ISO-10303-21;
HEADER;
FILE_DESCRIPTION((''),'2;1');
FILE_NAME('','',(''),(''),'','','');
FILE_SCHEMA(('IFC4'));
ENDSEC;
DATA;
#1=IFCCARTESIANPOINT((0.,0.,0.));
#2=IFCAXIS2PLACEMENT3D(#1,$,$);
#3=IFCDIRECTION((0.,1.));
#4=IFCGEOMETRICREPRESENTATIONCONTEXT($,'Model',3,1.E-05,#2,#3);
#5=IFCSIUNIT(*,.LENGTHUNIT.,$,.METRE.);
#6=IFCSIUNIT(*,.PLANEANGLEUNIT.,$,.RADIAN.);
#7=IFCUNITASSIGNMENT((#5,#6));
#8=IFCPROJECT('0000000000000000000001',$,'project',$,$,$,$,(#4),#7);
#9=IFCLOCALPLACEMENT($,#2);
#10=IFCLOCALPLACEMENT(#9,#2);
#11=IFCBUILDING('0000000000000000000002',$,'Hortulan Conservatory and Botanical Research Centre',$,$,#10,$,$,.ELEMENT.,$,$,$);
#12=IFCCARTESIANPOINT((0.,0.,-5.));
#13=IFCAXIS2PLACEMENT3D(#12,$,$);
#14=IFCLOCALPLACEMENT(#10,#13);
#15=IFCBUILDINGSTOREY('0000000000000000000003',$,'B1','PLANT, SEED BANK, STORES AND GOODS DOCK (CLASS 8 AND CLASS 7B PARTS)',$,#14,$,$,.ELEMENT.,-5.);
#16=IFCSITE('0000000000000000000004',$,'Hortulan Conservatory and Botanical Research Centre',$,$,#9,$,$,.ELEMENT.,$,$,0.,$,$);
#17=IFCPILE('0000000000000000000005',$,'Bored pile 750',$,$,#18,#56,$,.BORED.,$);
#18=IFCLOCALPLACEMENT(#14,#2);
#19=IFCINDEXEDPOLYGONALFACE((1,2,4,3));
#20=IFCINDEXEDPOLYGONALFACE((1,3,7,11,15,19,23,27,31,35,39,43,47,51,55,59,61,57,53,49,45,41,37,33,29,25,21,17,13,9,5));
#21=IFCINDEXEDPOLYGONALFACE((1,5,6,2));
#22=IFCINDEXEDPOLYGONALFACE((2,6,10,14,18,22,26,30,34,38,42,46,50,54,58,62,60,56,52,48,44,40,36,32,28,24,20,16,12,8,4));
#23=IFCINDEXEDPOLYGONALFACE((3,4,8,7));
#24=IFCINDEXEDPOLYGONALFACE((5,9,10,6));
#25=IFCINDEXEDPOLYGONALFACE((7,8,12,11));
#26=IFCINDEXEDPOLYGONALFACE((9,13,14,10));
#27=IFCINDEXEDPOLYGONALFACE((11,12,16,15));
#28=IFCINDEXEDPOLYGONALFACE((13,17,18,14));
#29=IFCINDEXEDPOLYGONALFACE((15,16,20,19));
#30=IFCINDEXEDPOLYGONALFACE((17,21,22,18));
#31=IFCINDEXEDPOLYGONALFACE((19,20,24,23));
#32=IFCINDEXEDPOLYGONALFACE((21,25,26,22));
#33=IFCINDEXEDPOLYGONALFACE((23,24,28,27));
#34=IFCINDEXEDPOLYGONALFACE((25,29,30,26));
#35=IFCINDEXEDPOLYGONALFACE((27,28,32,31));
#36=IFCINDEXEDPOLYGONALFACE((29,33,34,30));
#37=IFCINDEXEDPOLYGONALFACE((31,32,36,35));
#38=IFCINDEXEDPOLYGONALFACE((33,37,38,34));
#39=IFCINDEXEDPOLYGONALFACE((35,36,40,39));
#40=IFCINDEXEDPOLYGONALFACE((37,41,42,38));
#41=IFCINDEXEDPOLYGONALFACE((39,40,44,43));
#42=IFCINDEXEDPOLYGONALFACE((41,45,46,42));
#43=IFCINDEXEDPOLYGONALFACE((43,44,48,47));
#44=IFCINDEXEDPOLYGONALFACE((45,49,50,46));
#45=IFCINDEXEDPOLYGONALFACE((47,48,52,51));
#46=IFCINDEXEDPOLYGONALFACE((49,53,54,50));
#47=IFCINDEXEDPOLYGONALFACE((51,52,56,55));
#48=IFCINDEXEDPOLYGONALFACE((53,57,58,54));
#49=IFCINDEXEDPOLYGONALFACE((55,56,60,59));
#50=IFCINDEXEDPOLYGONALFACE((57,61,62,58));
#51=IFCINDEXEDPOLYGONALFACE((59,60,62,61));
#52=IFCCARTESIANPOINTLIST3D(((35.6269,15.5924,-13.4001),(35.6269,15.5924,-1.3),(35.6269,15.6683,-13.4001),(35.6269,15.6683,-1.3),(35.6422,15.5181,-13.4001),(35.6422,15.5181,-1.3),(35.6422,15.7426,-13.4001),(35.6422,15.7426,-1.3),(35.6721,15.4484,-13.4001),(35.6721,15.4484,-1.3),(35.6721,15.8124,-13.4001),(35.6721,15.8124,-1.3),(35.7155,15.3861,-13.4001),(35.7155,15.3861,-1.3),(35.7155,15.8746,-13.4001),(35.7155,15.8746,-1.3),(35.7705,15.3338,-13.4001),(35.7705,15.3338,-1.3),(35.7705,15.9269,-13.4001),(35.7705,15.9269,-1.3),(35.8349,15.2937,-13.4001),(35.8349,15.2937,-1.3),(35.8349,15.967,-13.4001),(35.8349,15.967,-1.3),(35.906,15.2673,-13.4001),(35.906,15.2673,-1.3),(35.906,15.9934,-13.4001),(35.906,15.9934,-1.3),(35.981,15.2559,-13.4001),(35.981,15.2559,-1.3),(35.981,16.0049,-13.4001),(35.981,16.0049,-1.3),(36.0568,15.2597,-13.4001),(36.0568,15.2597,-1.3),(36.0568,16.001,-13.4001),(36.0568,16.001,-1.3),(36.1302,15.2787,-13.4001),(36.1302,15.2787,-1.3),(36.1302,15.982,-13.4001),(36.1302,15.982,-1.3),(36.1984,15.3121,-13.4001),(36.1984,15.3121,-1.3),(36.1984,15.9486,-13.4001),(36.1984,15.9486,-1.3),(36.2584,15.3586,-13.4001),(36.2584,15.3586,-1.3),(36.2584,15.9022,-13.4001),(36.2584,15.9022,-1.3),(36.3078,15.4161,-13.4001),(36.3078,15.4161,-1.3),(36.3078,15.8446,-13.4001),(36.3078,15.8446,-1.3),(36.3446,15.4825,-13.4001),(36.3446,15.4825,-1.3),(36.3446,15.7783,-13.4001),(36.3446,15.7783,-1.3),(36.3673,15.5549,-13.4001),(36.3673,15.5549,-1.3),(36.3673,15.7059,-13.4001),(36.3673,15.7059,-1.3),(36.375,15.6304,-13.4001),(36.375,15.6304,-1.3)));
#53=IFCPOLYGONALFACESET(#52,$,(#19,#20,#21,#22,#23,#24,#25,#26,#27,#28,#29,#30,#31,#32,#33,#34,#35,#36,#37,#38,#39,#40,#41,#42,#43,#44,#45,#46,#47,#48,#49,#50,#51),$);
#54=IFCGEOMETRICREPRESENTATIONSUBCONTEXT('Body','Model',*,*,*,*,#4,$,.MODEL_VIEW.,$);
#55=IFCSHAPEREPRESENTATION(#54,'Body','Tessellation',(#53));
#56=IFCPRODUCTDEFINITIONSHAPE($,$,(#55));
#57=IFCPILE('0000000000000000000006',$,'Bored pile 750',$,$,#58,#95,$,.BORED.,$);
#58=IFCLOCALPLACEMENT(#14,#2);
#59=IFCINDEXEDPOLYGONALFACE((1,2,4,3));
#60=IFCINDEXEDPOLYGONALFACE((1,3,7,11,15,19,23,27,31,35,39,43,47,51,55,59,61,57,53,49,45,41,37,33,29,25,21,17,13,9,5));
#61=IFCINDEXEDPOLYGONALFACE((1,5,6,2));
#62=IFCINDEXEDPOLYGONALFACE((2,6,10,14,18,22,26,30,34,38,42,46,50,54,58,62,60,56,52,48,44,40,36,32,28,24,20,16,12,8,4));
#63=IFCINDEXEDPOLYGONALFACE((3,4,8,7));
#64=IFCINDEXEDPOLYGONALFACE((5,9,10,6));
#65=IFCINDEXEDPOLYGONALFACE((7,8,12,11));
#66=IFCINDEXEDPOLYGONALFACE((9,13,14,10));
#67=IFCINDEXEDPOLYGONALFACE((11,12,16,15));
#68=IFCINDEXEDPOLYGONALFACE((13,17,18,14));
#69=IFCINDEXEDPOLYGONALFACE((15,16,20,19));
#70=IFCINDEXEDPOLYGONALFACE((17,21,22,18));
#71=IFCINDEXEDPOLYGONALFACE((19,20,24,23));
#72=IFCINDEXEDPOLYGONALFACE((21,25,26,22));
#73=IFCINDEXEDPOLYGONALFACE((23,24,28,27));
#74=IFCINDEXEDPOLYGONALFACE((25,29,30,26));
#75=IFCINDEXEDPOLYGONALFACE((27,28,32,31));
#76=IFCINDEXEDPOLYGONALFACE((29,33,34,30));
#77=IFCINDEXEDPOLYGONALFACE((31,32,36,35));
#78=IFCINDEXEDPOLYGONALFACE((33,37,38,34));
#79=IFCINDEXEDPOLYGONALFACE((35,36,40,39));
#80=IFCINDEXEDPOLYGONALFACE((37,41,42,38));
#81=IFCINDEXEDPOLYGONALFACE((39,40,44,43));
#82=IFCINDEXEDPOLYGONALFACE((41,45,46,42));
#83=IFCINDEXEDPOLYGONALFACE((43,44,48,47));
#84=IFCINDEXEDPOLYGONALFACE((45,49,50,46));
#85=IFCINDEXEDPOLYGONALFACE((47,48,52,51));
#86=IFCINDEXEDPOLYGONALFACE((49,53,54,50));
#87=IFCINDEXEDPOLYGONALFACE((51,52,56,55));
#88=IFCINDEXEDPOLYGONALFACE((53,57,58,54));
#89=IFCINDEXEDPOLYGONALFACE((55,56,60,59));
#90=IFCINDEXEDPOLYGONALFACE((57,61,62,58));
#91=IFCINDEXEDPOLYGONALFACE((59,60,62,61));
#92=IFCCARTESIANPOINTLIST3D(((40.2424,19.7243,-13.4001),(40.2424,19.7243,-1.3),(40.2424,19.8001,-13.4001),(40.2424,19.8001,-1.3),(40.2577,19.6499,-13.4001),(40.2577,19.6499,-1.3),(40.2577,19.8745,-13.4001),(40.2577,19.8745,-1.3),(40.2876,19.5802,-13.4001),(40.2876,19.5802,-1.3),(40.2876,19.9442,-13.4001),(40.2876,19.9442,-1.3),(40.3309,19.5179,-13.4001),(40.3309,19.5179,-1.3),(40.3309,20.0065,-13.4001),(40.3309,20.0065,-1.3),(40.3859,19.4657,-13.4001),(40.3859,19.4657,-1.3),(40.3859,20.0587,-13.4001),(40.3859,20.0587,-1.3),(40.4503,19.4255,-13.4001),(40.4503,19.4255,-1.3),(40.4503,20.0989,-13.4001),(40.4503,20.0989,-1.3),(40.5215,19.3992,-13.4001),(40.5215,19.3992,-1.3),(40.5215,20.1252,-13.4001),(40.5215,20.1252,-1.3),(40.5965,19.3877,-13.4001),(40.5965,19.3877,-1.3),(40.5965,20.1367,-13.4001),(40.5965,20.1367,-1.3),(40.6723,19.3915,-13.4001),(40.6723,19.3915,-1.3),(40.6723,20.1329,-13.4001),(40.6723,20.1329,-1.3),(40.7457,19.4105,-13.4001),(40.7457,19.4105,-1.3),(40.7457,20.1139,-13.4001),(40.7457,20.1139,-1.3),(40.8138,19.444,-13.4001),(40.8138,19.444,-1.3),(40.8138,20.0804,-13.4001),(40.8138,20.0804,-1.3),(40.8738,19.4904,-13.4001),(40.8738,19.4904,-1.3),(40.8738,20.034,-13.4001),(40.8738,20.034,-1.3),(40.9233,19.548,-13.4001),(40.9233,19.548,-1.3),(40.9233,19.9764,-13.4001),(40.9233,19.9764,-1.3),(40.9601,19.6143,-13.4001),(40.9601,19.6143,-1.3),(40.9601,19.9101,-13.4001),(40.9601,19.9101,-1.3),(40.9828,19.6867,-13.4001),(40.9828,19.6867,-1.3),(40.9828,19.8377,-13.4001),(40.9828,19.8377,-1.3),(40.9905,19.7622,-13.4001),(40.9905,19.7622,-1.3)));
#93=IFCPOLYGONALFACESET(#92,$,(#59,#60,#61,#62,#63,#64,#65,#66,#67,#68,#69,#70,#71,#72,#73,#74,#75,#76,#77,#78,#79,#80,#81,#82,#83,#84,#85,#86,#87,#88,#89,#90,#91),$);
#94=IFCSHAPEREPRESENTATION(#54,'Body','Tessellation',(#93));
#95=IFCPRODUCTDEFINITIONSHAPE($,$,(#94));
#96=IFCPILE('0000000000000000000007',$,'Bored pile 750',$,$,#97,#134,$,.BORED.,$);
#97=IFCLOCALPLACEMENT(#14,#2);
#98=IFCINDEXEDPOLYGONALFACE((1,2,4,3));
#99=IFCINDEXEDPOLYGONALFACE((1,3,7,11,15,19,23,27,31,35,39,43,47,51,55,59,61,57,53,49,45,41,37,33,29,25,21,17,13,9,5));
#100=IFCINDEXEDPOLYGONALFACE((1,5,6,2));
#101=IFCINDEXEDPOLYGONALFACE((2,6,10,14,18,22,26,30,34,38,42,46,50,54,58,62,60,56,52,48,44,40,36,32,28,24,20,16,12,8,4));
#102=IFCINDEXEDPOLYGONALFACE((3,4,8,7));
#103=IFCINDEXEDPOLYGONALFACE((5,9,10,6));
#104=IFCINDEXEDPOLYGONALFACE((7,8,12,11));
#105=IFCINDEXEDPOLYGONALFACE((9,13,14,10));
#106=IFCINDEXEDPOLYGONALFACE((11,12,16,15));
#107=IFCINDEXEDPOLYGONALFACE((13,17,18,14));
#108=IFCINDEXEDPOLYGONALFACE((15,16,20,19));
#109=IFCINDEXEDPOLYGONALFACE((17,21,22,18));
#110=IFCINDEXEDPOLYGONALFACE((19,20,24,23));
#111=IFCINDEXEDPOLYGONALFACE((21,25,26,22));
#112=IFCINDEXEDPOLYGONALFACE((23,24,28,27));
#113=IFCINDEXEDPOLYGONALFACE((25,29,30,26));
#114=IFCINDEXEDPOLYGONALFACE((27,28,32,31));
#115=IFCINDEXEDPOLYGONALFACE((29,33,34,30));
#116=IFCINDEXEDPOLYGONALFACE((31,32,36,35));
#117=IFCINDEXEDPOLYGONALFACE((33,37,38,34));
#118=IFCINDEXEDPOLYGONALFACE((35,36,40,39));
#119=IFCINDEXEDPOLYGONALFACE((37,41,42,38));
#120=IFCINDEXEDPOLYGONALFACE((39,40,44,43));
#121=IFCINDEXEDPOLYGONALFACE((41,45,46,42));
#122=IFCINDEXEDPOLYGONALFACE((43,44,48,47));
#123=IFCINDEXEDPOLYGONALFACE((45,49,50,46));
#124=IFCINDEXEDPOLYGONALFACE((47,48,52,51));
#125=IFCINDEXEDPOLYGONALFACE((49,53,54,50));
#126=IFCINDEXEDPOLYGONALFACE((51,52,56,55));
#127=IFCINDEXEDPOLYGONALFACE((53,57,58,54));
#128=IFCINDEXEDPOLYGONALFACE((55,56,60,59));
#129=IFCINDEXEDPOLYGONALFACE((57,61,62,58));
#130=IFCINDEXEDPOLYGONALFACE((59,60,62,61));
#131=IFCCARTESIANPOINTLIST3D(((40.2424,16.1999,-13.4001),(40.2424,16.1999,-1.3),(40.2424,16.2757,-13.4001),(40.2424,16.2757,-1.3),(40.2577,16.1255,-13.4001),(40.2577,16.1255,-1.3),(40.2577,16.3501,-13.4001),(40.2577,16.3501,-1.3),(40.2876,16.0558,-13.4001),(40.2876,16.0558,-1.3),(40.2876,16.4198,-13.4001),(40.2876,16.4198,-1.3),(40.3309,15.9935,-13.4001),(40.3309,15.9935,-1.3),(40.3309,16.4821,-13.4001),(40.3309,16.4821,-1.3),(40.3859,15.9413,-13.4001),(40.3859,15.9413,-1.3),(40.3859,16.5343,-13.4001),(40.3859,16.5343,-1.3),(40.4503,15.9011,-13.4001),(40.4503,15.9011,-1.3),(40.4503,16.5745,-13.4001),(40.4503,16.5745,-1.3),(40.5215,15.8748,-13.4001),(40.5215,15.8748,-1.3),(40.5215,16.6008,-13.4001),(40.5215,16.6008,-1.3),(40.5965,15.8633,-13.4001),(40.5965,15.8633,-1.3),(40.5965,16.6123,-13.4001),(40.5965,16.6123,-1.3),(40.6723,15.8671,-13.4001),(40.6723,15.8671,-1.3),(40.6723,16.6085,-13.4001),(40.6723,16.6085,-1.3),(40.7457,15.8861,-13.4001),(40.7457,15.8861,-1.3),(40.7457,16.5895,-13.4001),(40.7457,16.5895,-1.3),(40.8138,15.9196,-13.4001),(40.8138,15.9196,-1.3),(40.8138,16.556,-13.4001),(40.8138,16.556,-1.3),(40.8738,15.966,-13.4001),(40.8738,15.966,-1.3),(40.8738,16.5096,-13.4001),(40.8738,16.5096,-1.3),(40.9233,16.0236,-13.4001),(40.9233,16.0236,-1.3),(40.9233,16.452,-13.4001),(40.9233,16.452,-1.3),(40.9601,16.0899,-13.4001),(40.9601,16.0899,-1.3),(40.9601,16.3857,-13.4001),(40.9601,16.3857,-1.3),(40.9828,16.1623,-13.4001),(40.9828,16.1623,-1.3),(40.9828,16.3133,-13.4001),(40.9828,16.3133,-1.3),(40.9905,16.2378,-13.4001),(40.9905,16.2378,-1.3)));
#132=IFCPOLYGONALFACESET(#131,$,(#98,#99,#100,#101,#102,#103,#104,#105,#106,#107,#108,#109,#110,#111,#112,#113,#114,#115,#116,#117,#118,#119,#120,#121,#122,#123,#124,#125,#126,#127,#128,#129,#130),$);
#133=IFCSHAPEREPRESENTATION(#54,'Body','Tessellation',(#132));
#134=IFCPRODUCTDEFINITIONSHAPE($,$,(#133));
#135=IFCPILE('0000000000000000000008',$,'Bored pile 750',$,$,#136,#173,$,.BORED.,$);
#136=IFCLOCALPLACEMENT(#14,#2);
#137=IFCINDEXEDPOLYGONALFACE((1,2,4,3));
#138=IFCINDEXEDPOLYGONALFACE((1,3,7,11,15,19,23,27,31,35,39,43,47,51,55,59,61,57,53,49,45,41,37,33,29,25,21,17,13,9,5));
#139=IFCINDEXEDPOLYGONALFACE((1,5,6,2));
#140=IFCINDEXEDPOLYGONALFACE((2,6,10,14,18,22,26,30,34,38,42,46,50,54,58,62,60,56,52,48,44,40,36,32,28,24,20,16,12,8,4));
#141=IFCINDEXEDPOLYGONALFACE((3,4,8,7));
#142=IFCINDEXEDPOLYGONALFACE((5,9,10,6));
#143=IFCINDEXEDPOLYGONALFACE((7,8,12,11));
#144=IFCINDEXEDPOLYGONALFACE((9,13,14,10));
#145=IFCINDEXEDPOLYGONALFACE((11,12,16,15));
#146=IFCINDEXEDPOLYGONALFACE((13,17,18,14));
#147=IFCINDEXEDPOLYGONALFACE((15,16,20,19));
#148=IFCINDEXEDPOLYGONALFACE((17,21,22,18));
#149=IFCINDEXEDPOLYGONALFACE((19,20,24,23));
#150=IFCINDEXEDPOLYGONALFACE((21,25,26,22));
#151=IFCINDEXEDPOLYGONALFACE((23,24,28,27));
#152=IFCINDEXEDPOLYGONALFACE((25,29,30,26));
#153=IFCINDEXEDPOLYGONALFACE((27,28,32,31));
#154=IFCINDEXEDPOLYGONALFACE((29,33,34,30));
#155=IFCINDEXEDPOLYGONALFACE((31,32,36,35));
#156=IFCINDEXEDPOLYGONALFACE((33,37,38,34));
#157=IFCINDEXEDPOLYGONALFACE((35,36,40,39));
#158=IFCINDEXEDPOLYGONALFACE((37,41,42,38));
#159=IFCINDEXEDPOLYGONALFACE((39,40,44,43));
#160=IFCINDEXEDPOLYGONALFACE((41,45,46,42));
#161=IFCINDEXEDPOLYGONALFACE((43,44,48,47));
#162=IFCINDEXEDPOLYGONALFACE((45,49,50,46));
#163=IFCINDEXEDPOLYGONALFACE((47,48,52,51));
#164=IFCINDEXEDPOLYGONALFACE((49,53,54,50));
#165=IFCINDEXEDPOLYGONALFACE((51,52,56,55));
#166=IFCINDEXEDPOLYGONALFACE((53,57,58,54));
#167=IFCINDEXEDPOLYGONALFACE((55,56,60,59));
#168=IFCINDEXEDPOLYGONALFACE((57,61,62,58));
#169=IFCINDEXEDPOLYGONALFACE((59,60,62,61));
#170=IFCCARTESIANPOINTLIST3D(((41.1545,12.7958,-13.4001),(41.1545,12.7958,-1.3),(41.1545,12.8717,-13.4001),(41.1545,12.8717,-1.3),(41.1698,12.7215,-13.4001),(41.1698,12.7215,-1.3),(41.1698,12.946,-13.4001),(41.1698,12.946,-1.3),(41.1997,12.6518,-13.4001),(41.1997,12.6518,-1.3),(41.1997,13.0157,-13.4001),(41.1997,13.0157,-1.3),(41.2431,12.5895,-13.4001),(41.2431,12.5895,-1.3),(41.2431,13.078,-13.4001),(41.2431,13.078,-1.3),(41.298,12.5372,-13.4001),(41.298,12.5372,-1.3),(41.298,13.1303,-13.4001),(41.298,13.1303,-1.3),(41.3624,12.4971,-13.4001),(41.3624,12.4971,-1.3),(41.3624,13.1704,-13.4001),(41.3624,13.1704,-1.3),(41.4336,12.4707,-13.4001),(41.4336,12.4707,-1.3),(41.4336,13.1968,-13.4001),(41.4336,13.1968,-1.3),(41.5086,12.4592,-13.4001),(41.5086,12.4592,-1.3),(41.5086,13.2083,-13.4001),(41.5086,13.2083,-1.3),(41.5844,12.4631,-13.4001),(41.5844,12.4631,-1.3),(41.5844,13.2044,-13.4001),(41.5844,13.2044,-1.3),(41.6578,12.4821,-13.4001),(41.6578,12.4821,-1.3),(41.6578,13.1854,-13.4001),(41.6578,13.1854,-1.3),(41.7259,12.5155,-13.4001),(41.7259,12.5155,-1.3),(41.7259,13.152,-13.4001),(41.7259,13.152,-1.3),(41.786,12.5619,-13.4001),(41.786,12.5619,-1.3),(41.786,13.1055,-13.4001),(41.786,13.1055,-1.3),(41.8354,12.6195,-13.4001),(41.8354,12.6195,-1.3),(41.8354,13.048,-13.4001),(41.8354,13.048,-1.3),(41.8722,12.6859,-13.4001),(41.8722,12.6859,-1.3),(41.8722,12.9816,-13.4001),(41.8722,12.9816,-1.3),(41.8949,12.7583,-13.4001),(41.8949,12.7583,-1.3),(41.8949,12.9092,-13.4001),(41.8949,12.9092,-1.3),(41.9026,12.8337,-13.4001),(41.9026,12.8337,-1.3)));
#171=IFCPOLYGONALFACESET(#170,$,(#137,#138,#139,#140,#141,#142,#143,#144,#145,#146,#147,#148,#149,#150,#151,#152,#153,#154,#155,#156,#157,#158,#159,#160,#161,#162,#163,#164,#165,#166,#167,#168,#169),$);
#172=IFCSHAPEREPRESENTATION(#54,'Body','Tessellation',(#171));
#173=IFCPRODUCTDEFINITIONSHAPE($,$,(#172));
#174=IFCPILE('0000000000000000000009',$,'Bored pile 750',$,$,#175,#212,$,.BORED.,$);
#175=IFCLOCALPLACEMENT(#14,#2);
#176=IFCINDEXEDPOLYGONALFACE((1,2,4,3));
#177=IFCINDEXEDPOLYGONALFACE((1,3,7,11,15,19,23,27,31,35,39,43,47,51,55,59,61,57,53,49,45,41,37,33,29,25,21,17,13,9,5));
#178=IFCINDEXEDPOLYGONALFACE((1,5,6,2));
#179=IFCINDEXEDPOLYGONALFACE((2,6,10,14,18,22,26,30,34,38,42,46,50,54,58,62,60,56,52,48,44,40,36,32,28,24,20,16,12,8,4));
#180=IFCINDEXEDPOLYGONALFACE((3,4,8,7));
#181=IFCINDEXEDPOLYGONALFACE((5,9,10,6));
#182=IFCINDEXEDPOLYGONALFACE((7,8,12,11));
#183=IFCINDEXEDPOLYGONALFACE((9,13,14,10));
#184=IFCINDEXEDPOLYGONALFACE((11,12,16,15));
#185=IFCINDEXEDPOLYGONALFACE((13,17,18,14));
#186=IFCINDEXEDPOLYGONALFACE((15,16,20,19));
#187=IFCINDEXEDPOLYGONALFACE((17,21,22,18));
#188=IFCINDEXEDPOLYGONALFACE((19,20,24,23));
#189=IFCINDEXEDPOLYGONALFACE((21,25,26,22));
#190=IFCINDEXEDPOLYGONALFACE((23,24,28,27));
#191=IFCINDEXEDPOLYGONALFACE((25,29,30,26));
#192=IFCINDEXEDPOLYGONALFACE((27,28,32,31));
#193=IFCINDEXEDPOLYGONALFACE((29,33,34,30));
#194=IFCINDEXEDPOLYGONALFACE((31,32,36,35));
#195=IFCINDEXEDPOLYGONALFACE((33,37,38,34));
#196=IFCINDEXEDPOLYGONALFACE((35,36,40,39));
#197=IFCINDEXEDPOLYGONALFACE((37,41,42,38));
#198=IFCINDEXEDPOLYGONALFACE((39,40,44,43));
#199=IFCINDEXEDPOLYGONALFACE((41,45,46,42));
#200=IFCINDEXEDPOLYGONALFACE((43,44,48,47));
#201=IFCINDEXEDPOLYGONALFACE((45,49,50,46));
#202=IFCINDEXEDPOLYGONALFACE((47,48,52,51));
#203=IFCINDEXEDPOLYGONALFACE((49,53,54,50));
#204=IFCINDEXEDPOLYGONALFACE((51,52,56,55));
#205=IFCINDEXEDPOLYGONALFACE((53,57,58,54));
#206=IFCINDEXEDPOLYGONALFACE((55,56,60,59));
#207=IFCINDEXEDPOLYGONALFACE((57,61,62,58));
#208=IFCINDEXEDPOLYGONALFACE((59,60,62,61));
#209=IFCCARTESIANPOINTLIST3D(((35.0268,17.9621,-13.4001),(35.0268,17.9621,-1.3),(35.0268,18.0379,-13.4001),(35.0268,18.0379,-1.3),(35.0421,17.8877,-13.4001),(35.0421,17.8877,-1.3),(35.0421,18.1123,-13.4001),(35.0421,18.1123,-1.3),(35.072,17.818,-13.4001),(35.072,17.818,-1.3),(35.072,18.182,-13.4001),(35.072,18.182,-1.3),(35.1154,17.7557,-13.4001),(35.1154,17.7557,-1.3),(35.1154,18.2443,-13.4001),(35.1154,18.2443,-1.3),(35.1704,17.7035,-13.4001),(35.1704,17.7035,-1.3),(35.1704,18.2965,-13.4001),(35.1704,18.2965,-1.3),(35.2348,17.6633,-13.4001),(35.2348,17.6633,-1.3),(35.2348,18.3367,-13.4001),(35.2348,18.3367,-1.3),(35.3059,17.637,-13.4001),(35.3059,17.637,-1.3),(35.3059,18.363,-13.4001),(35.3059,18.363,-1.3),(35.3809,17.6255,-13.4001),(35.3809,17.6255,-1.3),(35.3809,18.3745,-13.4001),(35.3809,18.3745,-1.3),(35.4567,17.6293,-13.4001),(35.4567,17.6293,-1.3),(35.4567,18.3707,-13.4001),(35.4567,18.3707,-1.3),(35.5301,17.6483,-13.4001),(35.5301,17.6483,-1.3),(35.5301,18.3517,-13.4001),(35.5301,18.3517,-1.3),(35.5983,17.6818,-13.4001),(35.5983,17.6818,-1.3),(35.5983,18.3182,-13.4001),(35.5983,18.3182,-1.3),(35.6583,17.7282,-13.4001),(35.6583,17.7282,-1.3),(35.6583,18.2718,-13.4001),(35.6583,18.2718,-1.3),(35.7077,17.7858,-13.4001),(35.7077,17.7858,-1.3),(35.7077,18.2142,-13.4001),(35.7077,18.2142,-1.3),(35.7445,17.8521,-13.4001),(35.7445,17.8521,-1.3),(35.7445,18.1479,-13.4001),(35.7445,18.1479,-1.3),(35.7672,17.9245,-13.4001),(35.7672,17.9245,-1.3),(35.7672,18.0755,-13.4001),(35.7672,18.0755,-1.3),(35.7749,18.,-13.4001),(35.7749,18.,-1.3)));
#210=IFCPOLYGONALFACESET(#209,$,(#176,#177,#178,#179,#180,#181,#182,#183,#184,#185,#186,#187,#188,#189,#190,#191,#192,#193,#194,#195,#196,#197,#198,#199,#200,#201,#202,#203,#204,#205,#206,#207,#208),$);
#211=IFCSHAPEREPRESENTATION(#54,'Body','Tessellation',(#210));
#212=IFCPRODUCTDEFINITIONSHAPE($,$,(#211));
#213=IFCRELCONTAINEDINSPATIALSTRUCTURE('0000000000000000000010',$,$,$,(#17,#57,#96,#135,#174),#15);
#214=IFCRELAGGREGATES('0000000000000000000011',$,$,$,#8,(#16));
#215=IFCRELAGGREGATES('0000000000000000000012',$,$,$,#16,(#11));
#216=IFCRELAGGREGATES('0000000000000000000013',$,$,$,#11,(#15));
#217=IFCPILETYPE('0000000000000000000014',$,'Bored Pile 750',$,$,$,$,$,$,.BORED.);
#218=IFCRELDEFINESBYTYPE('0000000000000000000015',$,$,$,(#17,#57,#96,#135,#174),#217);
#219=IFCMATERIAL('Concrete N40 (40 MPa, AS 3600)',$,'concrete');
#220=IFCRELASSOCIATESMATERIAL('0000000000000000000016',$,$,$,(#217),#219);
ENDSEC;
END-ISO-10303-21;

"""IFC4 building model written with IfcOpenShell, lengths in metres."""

from ifc_helpers import new_model, si_unit, direction, frame, origin, origin_2d, place, context, subcontext, project, spatial, circle, extrude, material, material_profile, profile_set, type_object, element, save


model = new_model("IFC4")

# Units and contexts
model_context = context("Model", 3, precision=1e-05, world=origin(), true_north=direction((0.0, 1.0)))
body_context = subcontext(model_context, "Body", "Model", "MODEL_VIEW")
ifc_project = project(units=[si_unit("LENGTHUNIT", "METRE"), si_unit("PLANEANGLEUNIT", "RADIAN")], contexts=[model_context])

# Site, building, storey
site_placement = place(None, origin())
site = spatial("IfcSite", under=ifc_project, at=site_placement, Name="Hortulan Conservatory and Botanical Research Centre", CompositionType="ELEMENT", RefElevation=0.0)
building_placement = place(site_placement, origin())
building = spatial("IfcBuilding", under=site, at=building_placement, Name="Hortulan Conservatory and Botanical Research Centre", CompositionType="ELEMENT")
storey_placement = place(building_placement, frame((0.0, 0.0, -5.0)))
storey = spatial("IfcBuildingStorey", under=building, at=storey_placement, Name="B1", Description="PLANT, SEED BANK, STORES AND GOODS DOCK (CLASS 8 AND CLASS 7B PARTS)", CompositionType="ELEMENT", Elevation=-5.0)

# Piles
ifc_material_1 = material(Name="Concrete N40 (40 MPa, AS 3600)", Category="concrete")
ifc_material_profile_1 = material_profile(ifc_material_1, circle(Radius=0.375, at=origin_2d()), Name="Bored pile 750 diameter")
ifc_profile_set_1 = profile_set([ifc_material_profile_1], Name="Concrete N40 (40 MPa, AS 3600)")
pile_type_1 = type_object("IfcPileType", Name="Bored Pile 750", PredefinedType="BORED", material=ifc_profile_set_1)
for number, where, z_axis, x_axis, name in (
    (1, (36.0, 15.6304, -1.3), (0.0, 0.0, -1.0), (1.0, 0.0, 0.0), "Bored pile 750"),
    (2, (40.6155, 19.7622, -1.3), (0.0, 0.0, -1.0), (1.0, 0.0, 0.0), "Bored pile 750"),
    (3, (40.6155, 16.2378, -1.3), (0.0, 0.0, -1.0), (1.0, 0.0, 0.0), "Bored pile 750"),
    (4, (41.5276, 12.8337, -1.3), (0.0, 0.0, -1.0), (1.0, 0.0, 0.0), "Bored pile 750"),
    (5, (35.3999, 18.0, -1.3), (0.0, 0.0, -1.0), (1.0, 0.0, 0.0), "Bored pile 750"),
):
    element("IfcPile", number, at=place(storey_placement, frame(where, z_axis=z_axis, x_axis=x_axis)), inside=storey, type_object=pile_type_1, Name=name, PredefinedType="BORED", context=body_context, shape_type="SweptSolid", body=[
        extrude(circle(Radius=0.375, at=origin_2d()), origin(), (0.0, 0.0, 1.0), 12.1001),
    ])

save(model, "model.ifc")
